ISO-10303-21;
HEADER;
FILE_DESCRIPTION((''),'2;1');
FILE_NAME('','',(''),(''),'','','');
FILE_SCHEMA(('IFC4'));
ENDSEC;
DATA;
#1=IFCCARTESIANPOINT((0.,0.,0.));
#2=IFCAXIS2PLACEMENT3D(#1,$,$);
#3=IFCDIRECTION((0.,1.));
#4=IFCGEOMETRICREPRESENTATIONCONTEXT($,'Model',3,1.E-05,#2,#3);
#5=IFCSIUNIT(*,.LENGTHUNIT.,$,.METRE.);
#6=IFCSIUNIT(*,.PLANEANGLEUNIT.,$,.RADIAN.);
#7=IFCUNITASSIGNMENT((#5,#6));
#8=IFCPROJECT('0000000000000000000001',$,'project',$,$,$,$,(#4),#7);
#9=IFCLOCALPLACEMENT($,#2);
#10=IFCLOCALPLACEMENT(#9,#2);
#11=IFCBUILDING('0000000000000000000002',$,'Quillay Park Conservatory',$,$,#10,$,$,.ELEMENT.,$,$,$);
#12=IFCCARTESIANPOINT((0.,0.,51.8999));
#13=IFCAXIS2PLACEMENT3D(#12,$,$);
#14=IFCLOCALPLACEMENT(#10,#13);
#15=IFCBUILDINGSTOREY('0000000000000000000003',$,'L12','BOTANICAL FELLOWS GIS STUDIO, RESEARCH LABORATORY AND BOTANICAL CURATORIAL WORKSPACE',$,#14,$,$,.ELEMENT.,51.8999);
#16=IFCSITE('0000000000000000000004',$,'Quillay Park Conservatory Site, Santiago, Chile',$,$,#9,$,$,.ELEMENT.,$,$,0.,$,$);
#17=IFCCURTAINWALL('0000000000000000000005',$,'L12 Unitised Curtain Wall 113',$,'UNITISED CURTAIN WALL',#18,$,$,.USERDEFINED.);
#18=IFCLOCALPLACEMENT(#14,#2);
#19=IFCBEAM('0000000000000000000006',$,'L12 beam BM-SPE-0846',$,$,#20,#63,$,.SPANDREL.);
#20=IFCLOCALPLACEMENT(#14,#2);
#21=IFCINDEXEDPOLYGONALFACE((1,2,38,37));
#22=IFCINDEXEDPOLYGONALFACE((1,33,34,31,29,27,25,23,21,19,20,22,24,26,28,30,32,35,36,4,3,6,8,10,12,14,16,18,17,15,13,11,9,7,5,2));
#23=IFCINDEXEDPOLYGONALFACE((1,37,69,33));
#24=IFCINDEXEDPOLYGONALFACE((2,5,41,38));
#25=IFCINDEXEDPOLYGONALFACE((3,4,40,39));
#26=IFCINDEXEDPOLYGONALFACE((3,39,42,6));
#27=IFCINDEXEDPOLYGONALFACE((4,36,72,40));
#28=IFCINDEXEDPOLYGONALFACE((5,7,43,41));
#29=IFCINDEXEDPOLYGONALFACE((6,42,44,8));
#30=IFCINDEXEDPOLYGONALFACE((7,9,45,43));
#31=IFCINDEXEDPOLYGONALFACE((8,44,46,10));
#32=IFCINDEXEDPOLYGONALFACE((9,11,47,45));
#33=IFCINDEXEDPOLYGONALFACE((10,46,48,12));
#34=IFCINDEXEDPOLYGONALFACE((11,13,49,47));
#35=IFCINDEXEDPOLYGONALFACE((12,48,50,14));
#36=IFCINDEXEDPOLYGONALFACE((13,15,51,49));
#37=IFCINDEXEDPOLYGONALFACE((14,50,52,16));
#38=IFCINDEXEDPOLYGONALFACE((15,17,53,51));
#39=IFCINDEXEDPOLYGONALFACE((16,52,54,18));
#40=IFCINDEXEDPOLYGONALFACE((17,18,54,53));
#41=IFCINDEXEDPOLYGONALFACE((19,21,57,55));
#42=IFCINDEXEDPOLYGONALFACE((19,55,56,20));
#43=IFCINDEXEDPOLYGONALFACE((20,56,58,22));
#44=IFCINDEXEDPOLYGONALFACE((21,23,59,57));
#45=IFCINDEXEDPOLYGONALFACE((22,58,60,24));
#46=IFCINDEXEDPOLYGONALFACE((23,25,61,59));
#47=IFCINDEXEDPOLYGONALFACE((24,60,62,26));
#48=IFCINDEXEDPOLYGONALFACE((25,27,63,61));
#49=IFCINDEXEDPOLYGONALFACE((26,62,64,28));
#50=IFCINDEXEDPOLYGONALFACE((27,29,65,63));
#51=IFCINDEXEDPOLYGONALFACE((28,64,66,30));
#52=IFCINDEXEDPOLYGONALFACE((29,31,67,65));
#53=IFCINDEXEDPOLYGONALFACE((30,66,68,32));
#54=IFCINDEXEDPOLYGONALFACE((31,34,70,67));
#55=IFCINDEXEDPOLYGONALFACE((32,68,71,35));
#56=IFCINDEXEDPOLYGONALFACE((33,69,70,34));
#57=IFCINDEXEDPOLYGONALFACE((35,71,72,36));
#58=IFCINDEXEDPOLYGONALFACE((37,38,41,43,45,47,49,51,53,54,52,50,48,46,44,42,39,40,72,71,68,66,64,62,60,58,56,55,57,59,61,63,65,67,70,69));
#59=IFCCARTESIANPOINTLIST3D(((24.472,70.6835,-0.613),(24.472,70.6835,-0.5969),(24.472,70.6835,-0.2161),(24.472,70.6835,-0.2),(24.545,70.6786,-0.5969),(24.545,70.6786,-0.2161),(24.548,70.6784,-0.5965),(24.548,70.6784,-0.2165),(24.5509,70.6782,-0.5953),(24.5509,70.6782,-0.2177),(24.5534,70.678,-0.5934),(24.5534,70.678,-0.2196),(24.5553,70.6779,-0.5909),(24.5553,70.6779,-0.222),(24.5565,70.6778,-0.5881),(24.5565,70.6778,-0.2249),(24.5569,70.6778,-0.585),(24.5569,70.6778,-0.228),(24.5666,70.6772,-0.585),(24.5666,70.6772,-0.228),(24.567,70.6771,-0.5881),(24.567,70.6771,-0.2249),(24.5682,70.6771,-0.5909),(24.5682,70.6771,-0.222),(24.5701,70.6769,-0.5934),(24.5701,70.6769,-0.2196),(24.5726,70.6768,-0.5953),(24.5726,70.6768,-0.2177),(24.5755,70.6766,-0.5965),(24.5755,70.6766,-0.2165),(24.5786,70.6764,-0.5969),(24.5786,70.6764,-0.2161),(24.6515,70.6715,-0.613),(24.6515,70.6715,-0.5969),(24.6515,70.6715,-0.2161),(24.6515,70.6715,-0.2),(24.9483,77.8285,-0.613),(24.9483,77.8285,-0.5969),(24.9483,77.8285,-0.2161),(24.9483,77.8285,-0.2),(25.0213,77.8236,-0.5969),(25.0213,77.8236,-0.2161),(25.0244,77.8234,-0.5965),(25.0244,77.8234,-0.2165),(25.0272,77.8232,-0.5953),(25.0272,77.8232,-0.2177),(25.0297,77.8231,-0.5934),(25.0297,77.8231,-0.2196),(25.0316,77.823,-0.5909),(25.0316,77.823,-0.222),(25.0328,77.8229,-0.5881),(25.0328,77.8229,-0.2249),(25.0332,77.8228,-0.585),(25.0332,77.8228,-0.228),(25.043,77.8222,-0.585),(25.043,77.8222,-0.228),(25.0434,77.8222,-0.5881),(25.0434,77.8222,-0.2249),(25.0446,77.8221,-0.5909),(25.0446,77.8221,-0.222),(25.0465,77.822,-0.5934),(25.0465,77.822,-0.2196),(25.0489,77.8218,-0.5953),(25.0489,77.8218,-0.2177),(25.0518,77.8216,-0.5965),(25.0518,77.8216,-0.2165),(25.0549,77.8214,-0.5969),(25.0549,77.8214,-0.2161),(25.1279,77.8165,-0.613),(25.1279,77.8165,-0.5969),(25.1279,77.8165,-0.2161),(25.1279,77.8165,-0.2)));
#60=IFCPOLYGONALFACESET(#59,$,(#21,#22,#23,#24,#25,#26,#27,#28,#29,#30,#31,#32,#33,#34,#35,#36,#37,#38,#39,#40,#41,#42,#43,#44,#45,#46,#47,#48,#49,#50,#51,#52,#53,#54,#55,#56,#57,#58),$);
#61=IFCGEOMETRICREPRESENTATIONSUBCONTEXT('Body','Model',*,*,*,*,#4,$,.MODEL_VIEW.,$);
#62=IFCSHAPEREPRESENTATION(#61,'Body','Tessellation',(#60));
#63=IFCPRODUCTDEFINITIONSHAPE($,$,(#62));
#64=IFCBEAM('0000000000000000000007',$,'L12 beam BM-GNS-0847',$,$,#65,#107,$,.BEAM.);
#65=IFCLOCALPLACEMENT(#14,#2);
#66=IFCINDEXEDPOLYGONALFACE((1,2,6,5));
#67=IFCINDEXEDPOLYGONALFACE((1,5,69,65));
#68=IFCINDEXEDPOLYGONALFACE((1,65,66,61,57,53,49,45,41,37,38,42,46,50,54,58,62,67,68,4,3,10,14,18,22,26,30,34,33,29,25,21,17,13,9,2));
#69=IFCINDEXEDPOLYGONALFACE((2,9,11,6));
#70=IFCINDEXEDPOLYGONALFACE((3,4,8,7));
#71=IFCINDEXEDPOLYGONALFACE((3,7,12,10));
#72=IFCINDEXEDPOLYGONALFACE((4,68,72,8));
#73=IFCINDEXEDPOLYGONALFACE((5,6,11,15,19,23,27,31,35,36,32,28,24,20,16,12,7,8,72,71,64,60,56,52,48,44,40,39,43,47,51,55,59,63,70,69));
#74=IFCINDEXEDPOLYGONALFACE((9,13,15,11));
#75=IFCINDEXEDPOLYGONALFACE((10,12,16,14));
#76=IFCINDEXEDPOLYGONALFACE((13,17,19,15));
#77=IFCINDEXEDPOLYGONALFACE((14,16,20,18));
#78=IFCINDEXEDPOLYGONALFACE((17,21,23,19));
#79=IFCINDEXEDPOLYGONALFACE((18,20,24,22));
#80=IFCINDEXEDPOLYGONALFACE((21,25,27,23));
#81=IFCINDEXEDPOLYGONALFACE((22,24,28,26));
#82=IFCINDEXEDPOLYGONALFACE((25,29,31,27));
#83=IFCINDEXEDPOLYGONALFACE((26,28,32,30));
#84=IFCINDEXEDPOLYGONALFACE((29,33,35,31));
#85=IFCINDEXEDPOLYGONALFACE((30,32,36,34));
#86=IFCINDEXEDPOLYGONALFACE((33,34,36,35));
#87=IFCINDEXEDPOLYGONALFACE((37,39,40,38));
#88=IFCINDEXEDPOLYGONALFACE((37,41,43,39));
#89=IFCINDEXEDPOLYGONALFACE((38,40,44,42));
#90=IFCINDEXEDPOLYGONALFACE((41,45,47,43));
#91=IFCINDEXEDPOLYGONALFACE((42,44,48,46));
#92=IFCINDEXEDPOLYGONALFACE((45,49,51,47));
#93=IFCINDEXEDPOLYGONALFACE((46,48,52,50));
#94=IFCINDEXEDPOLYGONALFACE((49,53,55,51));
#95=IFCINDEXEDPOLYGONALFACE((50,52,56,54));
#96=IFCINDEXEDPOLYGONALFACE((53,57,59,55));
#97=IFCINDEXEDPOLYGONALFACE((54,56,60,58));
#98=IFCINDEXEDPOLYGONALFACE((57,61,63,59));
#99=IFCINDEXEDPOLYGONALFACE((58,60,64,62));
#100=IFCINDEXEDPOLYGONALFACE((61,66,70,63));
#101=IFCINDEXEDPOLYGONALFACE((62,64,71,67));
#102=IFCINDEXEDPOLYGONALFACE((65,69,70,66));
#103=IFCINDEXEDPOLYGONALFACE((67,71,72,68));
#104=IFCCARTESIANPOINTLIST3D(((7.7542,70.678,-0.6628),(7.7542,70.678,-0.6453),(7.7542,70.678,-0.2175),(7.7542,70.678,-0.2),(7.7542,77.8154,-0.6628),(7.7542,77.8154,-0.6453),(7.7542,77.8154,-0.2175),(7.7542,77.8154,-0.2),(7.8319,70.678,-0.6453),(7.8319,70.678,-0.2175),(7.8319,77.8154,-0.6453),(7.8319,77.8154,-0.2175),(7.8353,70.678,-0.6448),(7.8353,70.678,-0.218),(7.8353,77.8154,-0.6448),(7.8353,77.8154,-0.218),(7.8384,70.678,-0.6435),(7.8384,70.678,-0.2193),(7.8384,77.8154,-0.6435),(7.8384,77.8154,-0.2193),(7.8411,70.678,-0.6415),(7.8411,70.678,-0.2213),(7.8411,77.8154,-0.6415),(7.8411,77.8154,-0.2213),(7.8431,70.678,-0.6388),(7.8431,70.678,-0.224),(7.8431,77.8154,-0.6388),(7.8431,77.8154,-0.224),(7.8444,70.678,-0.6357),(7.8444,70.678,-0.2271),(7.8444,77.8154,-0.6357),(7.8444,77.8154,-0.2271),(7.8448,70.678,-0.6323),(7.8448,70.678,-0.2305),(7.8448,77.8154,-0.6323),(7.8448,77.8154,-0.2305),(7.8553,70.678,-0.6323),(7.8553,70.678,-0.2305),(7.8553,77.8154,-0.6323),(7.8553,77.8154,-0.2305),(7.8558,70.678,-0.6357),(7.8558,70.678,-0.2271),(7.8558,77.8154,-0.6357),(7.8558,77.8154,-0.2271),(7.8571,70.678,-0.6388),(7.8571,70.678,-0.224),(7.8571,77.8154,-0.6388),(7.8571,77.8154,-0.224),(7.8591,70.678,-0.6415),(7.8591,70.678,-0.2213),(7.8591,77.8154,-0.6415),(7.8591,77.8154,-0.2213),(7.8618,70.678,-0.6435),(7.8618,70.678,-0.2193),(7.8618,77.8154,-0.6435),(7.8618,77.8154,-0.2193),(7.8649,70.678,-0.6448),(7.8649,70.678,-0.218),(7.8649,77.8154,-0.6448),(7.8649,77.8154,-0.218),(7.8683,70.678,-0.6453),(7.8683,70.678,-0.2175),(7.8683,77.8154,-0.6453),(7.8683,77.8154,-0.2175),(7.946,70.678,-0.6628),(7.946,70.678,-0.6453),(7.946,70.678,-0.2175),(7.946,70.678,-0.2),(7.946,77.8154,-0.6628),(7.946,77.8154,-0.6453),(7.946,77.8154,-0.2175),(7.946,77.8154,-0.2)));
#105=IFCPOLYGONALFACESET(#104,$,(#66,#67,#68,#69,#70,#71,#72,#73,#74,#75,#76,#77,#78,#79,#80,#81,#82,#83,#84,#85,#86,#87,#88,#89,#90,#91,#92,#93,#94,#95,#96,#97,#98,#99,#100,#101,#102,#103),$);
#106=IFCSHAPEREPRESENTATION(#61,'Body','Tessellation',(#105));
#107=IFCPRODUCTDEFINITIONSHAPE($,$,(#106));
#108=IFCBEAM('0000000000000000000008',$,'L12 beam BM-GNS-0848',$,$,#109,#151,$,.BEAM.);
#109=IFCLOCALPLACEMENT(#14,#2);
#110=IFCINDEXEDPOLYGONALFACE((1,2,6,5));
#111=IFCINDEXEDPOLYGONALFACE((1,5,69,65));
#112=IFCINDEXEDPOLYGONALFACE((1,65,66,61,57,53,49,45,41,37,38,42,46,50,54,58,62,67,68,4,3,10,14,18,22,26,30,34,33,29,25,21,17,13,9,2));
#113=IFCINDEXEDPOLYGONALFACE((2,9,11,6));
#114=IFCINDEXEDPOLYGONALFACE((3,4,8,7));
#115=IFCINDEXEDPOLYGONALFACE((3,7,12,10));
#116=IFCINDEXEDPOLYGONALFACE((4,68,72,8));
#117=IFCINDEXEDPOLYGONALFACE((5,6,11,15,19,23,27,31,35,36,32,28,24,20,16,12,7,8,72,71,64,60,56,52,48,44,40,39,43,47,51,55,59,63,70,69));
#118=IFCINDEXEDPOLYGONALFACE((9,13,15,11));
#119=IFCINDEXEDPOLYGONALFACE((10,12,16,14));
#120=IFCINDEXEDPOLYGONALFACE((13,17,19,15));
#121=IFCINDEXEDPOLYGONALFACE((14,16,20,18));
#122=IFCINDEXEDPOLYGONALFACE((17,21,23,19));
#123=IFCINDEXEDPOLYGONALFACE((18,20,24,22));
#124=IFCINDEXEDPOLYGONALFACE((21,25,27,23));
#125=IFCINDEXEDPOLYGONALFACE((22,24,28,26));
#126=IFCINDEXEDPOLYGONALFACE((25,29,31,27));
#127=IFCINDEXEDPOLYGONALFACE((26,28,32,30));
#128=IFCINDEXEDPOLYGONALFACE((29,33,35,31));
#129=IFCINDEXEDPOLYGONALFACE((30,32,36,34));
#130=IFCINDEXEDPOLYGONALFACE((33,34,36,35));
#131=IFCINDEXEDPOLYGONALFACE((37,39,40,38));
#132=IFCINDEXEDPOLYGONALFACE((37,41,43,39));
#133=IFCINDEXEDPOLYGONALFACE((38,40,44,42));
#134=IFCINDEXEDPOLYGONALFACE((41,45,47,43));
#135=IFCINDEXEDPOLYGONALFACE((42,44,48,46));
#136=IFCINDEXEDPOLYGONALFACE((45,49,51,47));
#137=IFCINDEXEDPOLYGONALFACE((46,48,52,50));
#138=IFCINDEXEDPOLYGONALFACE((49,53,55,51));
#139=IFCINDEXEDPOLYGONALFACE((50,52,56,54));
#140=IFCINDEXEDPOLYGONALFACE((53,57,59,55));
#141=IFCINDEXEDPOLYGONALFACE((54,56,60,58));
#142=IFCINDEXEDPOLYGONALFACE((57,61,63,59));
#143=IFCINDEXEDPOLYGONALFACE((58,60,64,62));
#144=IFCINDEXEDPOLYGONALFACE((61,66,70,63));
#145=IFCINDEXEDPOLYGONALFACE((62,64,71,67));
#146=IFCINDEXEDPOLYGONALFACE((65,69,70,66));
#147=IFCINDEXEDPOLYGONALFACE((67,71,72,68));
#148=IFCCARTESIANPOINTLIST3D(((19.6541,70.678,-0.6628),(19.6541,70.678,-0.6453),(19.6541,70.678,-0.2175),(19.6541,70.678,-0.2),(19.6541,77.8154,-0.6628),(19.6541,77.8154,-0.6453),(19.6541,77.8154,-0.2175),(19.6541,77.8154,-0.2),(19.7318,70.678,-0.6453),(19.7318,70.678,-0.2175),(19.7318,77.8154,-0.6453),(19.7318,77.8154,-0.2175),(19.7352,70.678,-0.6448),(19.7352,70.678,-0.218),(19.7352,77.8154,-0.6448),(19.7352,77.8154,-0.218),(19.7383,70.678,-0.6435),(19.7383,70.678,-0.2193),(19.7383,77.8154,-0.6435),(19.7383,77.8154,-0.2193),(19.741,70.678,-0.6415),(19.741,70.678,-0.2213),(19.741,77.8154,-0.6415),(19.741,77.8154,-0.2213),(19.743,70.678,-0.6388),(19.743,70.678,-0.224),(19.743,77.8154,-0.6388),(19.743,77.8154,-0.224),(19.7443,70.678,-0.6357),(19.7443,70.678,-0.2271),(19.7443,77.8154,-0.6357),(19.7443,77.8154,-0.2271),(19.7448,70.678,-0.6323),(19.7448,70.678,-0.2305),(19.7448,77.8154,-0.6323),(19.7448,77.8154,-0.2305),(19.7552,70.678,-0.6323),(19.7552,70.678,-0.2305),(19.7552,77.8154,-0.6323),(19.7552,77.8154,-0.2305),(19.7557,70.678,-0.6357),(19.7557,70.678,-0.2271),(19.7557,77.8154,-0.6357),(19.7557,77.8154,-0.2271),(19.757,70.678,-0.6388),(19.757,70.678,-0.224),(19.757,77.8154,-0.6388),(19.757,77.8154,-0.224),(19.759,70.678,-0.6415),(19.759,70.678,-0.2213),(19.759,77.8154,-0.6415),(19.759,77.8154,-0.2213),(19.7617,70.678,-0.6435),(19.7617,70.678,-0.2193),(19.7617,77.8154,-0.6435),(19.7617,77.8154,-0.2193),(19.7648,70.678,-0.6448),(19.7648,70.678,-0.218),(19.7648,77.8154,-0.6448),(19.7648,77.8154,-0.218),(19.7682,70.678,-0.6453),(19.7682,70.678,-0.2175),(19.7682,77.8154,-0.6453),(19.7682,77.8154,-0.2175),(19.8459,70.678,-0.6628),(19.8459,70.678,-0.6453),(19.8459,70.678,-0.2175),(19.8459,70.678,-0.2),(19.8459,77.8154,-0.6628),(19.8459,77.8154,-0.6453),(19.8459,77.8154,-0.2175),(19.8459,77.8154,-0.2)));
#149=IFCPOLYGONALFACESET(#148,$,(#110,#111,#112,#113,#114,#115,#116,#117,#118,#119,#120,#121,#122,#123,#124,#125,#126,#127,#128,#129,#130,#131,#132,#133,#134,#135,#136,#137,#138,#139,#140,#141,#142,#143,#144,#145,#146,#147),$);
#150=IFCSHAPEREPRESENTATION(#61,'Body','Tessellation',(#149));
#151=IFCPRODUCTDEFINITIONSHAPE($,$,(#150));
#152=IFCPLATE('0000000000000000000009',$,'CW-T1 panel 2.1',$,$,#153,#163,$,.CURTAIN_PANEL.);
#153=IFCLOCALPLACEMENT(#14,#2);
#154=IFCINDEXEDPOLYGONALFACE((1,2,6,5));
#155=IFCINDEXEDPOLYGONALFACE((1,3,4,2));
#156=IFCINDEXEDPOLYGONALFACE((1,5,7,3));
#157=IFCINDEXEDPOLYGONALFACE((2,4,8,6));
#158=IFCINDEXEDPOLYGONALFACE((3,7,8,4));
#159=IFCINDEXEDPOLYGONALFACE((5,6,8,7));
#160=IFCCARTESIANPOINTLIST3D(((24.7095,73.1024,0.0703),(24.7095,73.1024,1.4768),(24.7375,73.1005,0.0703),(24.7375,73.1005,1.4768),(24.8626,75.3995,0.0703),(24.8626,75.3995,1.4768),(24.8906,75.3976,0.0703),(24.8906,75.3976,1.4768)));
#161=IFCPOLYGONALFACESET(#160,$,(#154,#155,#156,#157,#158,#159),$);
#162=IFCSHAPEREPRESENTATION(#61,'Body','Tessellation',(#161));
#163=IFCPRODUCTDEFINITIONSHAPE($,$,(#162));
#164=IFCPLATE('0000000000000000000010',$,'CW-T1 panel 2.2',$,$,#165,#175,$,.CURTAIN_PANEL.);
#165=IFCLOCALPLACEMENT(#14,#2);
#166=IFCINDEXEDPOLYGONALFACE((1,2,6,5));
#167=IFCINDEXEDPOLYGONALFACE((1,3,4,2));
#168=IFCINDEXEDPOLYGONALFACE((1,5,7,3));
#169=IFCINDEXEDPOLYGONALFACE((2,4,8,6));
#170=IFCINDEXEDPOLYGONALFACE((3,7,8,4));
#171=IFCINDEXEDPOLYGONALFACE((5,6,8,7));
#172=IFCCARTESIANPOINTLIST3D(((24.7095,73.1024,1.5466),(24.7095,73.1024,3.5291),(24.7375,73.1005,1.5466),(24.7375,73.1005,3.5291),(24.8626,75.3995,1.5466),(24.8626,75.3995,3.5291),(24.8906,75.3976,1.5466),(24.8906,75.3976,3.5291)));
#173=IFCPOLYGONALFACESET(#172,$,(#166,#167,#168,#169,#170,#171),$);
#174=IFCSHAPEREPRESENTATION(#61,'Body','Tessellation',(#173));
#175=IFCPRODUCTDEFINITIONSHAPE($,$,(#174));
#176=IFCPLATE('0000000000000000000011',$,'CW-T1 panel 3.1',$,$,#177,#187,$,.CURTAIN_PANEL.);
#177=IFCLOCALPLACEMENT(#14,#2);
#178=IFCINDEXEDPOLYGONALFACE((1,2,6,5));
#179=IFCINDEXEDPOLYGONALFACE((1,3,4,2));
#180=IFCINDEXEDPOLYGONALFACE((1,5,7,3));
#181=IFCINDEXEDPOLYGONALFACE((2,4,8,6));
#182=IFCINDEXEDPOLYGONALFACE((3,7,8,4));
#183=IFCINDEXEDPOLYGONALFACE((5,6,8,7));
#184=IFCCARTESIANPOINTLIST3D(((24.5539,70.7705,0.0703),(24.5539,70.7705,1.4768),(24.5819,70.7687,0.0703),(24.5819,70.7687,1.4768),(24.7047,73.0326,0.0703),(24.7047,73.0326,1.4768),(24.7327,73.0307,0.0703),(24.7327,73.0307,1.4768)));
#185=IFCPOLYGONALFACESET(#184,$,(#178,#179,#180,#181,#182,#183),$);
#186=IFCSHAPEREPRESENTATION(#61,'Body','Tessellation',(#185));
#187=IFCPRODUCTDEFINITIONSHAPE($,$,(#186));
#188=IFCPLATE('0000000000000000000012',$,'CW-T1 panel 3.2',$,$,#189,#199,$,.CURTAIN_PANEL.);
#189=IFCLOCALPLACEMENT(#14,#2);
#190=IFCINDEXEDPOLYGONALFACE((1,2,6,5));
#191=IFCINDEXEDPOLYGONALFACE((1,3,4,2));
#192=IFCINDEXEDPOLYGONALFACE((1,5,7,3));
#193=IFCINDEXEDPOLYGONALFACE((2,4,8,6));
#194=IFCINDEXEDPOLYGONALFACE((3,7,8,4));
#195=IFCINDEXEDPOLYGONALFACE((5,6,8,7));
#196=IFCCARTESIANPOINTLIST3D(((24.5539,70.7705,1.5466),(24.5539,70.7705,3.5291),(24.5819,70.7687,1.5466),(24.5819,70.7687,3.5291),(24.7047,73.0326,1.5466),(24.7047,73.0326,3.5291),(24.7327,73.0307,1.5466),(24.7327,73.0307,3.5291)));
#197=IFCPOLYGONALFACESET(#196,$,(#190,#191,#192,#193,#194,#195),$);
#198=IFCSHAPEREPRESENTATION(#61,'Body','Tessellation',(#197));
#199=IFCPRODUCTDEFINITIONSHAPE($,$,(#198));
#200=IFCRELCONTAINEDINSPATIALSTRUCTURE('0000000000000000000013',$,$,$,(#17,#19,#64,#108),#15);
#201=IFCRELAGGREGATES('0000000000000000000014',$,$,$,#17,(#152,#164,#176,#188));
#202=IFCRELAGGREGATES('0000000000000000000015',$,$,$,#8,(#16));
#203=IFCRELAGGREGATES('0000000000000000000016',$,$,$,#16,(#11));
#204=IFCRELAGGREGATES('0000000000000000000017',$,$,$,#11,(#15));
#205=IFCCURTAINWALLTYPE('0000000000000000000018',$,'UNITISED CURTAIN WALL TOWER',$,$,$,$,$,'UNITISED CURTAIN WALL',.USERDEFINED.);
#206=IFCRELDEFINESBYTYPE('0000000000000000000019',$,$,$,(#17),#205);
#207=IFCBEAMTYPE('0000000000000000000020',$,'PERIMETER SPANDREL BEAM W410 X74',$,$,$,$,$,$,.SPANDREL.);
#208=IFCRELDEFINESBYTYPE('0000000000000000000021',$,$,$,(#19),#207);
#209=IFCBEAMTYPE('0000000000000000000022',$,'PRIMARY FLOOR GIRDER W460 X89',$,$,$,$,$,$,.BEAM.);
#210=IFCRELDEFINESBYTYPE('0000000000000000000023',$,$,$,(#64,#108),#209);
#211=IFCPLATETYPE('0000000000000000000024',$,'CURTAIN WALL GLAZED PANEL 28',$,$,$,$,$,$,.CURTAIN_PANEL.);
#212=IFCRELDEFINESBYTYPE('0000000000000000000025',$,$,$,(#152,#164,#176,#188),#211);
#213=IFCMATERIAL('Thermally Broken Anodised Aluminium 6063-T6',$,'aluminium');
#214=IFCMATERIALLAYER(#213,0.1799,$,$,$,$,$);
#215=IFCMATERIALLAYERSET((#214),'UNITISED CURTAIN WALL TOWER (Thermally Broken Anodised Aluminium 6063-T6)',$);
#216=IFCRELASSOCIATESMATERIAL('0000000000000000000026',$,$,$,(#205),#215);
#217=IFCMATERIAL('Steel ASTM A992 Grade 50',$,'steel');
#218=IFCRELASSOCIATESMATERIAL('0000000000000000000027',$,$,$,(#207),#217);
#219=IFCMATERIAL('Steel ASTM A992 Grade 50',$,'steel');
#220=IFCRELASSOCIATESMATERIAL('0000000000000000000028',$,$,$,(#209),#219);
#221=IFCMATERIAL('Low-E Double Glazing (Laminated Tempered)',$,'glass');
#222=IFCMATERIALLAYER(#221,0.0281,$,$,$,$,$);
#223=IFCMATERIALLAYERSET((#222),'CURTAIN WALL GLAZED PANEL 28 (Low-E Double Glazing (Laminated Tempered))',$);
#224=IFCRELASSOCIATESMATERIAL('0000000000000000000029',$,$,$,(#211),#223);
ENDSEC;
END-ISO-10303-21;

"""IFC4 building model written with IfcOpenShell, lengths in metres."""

from ifc_helpers import new_model, si_unit, direction, frame, origin, origin_2d, place, context, subcontext, project, spatial, rectangle, i_section, extrude, material, layer, layer_set, material_profile, profile_set, type_object, element, aggregate, save


model = new_model("IFC4")

# Units and contexts
model_context = context("Model", 3, precision=1e-05, world=origin(), true_north=direction((0.0, 1.0)))
body_context = subcontext(model_context, "Body", "Model", "MODEL_VIEW")
ifc_project = project(units=[si_unit("LENGTHUNIT", "METRE"), si_unit("PLANEANGLEUNIT", "RADIAN")], contexts=[model_context])

# Site, building, storey
site_placement = place(None, origin())
site = spatial("IfcSite", under=ifc_project, at=site_placement, Name="Quillay Park Conservatory Site, Santiago, Chile", CompositionType="ELEMENT", RefElevation=0.0)
building_placement = place(site_placement, origin())
building = spatial("IfcBuilding", under=site, at=building_placement, Name="Quillay Park Conservatory", CompositionType="ELEMENT")
storey_placement = place(building_placement, frame((0.0, 0.0, 51.8999)))
storey = spatial("IfcBuildingStorey", under=building, at=storey_placement, Name="L12", Description="BOTANICAL FELLOWS GIS STUDIO, RESEARCH LABORATORY AND BOTANICAL CURATORIAL WORKSPACE", CompositionType="ELEMENT", Elevation=51.8999)

# Curtain wall
ifc_material_1 = material(Name="Thermally Broken Anodised Aluminium 6063-T6", Category="aluminium")
ifc_layer_1 = layer(ifc_material_1, 0.1799)
ifc_layer_set_1 = layer_set([ifc_layer_1], Name="UNITISED CURTAIN WALL TOWER (Thermally Broken Anodised Aluminium 6063-T6)")
curtain_wall_type = type_object("IfcCurtainWallType", Name="UNITISED CURTAIN WALL TOWER", ElementType="UNITISED CURTAIN WALL", PredefinedType="USERDEFINED", material=ifc_layer_set_1)
curtain_wall_placement = place(storey_placement, origin())
curtain_wall = element("IfcCurtainWall", 1, at=curtain_wall_placement, inside=storey, type_object=curtain_wall_type, Name="L12 Unitised Curtain Wall 113", ObjectType="UNITISED CURTAIN WALL", PredefinedType="USERDEFINED")

# Beams
ifc_material_2 = material(Name="Steel ASTM A992 Grade 50", Category="steel")
ifc_material_profile_1 = material_profile(ifc_material_2, i_section(OverallWidth=0.1799, OverallDepth=0.4131, WebThickness=0.0098, FlangeThickness=0.0161, FilletRadius=0.012, at=origin_2d()), Name="W410x74")
ifc_profile_set_1 = profile_set([ifc_material_profile_1], Name="Steel ASTM A992 Grade 50")
beam_type_1 = type_object("IfcBeamType", Name="PERIMETER SPANDREL BEAM W410 X74", PredefinedType="SPANDREL", material=ifc_profile_set_1)
beam_1_placement = place(storey_placement, frame((24.5618, 70.6775, -0.4065), z_axis=(0.066517, 0.997785, 0.0), x_axis=(-0.997785, 0.066517, 0.0)))
element("IfcBeam", 2, at=beam_1_placement, inside=storey, type_object=beam_type_1, Name="L12 beam BM-SPE-0846", PredefinedType="SPANDREL", context=body_context, shape_type="SweptSolid", body=[
    extrude(i_section(OverallWidth=0.1799, OverallDepth=0.4131, WebThickness=0.0098, FlangeThickness=0.0161, FilletRadius=0.012, at=origin_2d()), origin(), (0.0, 0.0, 1.0), 7.1609),
])
ifc_material_3 = material(Name="Steel ASTM A992 Grade 50", Category="steel")
ifc_material_profile_2 = material_profile(ifc_material_3, i_section(OverallWidth=0.1919, OverallDepth=0.4629, WebThickness=0.0105, FlangeThickness=0.0176, FilletRadius=0.0129, at=origin_2d()), Name="W460x89")
ifc_profile_set_2 = profile_set([ifc_material_profile_2], Name="Steel ASTM A992 Grade 50")
beam_type_2 = type_object("IfcBeamType", Name="PRIMARY FLOOR GIRDER W460 X89", PredefinedType="BEAM", material=ifc_profile_set_2)
for number, where, z_axis, x_axis, name in (
    (3, (7.8501, 70.678, -0.4314), (0.0, 1.0, 0.0), (-1.0, 0.0, 0.0), "L12 beam BM-GNS-0847"),
    (4, (19.75, 70.678, -0.4314), (0.0, 1.0, 0.0), (-1.0, 0.0, 0.0), "L12 beam BM-GNS-0848"),
):
    element("IfcBeam", number, at=place(storey_placement, frame(where, z_axis=z_axis, x_axis=x_axis)), inside=storey, type_object=beam_type_2, Name=name, PredefinedType="BEAM", context=body_context, shape_type="SweptSolid", body=[
        extrude(i_section(OverallWidth=0.1919, OverallDepth=0.4629, WebThickness=0.0105, FlangeThickness=0.0176, FilletRadius=0.0129, at=origin_2d()), origin(), (0.0, 0.0, 1.0), 7.1375),
    ])

# Plates
ifc_material_4 = material(Name="Low-E Double Glazing (Laminated Tempered)", Category="glass")
ifc_layer_2 = layer(ifc_material_4, 0.0281)
ifc_layer_set_2 = layer_set([ifc_layer_2], Name="CURTAIN WALL GLAZED PANEL 28 (Low-E Double Glazing (Laminated Tempered))")
plate_type = type_object("IfcPlateType", Name="CURTAIN WALL GLAZED PANEL 28", PredefinedType="CURTAIN_PANEL", material=ifc_layer_set_2)
plate_1_placement = place(storey_placement, frame((24.8, 74.25, 0.0703), z_axis=(0.0, 0.0, 1.0), x_axis=(-0.066521, -0.997785, 0.0)))
plate_1 = element("IfcPlate", 5, at=plate_1_placement, type_object=plate_type, Name="CW-T1 panel 2.1", PredefinedType="CURTAIN_PANEL", context=body_context, shape_type="SweptSolid", body=[
    extrude(rectangle(XDim=2.3022, YDim=0.0281, at=origin_2d()), origin(), (0.0, 0.0, 1.0), 1.4065),
])
plate_2_placement = place(storey_placement, frame((24.8, 74.25, 1.5466), z_axis=(0.0, 0.0, 1.0), x_axis=(-0.066521, -0.997785, 0.0)))
plate_2 = element("IfcPlate", 6, at=plate_2_placement, type_object=plate_type, Name="CW-T1 panel 2.2", PredefinedType="CURTAIN_PANEL", context=body_context, shape_type="SweptSolid", body=[
    extrude(rectangle(XDim=2.3022, YDim=0.0281, at=origin_2d()), origin(), (0.0, 0.0, 1.0), 1.9824),
])
plate_3_placement = place(storey_placement, frame((24.6433, 71.9006, 0.0703), z_axis=(0.0, 0.0, 1.0), x_axis=(-0.066521, -0.997785, 0.0)))
plate_3 = element("IfcPlate", 7, at=plate_3_placement, type_object=plate_type, Name="CW-T1 panel 3.1", PredefinedType="CURTAIN_PANEL", context=body_context, shape_type="SweptSolid", body=[
    extrude(rectangle(XDim=2.2671, YDim=0.0281, at=origin_2d()), origin(), (0.0, 0.0, 1.0), 1.4065),
])
plate_4_placement = place(storey_placement, frame((24.6433, 71.9006, 1.5466), z_axis=(0.0, 0.0, 1.0), x_axis=(-0.066521, -0.997785, 0.0)))
plate_4 = element("IfcPlate", 8, at=plate_4_placement, type_object=plate_type, Name="CW-T1 panel 3.2", PredefinedType="CURTAIN_PANEL", context=body_context, shape_type="SweptSolid", body=[
    extrude(rectangle(XDim=2.2671, YDim=0.0281, at=origin_2d()), origin(), (0.0, 0.0, 1.0), 1.9824),
])
aggregate(curtain_wall, [plate_1, plate_2, plate_3, plate_4])

save(model, "model.ifc")
